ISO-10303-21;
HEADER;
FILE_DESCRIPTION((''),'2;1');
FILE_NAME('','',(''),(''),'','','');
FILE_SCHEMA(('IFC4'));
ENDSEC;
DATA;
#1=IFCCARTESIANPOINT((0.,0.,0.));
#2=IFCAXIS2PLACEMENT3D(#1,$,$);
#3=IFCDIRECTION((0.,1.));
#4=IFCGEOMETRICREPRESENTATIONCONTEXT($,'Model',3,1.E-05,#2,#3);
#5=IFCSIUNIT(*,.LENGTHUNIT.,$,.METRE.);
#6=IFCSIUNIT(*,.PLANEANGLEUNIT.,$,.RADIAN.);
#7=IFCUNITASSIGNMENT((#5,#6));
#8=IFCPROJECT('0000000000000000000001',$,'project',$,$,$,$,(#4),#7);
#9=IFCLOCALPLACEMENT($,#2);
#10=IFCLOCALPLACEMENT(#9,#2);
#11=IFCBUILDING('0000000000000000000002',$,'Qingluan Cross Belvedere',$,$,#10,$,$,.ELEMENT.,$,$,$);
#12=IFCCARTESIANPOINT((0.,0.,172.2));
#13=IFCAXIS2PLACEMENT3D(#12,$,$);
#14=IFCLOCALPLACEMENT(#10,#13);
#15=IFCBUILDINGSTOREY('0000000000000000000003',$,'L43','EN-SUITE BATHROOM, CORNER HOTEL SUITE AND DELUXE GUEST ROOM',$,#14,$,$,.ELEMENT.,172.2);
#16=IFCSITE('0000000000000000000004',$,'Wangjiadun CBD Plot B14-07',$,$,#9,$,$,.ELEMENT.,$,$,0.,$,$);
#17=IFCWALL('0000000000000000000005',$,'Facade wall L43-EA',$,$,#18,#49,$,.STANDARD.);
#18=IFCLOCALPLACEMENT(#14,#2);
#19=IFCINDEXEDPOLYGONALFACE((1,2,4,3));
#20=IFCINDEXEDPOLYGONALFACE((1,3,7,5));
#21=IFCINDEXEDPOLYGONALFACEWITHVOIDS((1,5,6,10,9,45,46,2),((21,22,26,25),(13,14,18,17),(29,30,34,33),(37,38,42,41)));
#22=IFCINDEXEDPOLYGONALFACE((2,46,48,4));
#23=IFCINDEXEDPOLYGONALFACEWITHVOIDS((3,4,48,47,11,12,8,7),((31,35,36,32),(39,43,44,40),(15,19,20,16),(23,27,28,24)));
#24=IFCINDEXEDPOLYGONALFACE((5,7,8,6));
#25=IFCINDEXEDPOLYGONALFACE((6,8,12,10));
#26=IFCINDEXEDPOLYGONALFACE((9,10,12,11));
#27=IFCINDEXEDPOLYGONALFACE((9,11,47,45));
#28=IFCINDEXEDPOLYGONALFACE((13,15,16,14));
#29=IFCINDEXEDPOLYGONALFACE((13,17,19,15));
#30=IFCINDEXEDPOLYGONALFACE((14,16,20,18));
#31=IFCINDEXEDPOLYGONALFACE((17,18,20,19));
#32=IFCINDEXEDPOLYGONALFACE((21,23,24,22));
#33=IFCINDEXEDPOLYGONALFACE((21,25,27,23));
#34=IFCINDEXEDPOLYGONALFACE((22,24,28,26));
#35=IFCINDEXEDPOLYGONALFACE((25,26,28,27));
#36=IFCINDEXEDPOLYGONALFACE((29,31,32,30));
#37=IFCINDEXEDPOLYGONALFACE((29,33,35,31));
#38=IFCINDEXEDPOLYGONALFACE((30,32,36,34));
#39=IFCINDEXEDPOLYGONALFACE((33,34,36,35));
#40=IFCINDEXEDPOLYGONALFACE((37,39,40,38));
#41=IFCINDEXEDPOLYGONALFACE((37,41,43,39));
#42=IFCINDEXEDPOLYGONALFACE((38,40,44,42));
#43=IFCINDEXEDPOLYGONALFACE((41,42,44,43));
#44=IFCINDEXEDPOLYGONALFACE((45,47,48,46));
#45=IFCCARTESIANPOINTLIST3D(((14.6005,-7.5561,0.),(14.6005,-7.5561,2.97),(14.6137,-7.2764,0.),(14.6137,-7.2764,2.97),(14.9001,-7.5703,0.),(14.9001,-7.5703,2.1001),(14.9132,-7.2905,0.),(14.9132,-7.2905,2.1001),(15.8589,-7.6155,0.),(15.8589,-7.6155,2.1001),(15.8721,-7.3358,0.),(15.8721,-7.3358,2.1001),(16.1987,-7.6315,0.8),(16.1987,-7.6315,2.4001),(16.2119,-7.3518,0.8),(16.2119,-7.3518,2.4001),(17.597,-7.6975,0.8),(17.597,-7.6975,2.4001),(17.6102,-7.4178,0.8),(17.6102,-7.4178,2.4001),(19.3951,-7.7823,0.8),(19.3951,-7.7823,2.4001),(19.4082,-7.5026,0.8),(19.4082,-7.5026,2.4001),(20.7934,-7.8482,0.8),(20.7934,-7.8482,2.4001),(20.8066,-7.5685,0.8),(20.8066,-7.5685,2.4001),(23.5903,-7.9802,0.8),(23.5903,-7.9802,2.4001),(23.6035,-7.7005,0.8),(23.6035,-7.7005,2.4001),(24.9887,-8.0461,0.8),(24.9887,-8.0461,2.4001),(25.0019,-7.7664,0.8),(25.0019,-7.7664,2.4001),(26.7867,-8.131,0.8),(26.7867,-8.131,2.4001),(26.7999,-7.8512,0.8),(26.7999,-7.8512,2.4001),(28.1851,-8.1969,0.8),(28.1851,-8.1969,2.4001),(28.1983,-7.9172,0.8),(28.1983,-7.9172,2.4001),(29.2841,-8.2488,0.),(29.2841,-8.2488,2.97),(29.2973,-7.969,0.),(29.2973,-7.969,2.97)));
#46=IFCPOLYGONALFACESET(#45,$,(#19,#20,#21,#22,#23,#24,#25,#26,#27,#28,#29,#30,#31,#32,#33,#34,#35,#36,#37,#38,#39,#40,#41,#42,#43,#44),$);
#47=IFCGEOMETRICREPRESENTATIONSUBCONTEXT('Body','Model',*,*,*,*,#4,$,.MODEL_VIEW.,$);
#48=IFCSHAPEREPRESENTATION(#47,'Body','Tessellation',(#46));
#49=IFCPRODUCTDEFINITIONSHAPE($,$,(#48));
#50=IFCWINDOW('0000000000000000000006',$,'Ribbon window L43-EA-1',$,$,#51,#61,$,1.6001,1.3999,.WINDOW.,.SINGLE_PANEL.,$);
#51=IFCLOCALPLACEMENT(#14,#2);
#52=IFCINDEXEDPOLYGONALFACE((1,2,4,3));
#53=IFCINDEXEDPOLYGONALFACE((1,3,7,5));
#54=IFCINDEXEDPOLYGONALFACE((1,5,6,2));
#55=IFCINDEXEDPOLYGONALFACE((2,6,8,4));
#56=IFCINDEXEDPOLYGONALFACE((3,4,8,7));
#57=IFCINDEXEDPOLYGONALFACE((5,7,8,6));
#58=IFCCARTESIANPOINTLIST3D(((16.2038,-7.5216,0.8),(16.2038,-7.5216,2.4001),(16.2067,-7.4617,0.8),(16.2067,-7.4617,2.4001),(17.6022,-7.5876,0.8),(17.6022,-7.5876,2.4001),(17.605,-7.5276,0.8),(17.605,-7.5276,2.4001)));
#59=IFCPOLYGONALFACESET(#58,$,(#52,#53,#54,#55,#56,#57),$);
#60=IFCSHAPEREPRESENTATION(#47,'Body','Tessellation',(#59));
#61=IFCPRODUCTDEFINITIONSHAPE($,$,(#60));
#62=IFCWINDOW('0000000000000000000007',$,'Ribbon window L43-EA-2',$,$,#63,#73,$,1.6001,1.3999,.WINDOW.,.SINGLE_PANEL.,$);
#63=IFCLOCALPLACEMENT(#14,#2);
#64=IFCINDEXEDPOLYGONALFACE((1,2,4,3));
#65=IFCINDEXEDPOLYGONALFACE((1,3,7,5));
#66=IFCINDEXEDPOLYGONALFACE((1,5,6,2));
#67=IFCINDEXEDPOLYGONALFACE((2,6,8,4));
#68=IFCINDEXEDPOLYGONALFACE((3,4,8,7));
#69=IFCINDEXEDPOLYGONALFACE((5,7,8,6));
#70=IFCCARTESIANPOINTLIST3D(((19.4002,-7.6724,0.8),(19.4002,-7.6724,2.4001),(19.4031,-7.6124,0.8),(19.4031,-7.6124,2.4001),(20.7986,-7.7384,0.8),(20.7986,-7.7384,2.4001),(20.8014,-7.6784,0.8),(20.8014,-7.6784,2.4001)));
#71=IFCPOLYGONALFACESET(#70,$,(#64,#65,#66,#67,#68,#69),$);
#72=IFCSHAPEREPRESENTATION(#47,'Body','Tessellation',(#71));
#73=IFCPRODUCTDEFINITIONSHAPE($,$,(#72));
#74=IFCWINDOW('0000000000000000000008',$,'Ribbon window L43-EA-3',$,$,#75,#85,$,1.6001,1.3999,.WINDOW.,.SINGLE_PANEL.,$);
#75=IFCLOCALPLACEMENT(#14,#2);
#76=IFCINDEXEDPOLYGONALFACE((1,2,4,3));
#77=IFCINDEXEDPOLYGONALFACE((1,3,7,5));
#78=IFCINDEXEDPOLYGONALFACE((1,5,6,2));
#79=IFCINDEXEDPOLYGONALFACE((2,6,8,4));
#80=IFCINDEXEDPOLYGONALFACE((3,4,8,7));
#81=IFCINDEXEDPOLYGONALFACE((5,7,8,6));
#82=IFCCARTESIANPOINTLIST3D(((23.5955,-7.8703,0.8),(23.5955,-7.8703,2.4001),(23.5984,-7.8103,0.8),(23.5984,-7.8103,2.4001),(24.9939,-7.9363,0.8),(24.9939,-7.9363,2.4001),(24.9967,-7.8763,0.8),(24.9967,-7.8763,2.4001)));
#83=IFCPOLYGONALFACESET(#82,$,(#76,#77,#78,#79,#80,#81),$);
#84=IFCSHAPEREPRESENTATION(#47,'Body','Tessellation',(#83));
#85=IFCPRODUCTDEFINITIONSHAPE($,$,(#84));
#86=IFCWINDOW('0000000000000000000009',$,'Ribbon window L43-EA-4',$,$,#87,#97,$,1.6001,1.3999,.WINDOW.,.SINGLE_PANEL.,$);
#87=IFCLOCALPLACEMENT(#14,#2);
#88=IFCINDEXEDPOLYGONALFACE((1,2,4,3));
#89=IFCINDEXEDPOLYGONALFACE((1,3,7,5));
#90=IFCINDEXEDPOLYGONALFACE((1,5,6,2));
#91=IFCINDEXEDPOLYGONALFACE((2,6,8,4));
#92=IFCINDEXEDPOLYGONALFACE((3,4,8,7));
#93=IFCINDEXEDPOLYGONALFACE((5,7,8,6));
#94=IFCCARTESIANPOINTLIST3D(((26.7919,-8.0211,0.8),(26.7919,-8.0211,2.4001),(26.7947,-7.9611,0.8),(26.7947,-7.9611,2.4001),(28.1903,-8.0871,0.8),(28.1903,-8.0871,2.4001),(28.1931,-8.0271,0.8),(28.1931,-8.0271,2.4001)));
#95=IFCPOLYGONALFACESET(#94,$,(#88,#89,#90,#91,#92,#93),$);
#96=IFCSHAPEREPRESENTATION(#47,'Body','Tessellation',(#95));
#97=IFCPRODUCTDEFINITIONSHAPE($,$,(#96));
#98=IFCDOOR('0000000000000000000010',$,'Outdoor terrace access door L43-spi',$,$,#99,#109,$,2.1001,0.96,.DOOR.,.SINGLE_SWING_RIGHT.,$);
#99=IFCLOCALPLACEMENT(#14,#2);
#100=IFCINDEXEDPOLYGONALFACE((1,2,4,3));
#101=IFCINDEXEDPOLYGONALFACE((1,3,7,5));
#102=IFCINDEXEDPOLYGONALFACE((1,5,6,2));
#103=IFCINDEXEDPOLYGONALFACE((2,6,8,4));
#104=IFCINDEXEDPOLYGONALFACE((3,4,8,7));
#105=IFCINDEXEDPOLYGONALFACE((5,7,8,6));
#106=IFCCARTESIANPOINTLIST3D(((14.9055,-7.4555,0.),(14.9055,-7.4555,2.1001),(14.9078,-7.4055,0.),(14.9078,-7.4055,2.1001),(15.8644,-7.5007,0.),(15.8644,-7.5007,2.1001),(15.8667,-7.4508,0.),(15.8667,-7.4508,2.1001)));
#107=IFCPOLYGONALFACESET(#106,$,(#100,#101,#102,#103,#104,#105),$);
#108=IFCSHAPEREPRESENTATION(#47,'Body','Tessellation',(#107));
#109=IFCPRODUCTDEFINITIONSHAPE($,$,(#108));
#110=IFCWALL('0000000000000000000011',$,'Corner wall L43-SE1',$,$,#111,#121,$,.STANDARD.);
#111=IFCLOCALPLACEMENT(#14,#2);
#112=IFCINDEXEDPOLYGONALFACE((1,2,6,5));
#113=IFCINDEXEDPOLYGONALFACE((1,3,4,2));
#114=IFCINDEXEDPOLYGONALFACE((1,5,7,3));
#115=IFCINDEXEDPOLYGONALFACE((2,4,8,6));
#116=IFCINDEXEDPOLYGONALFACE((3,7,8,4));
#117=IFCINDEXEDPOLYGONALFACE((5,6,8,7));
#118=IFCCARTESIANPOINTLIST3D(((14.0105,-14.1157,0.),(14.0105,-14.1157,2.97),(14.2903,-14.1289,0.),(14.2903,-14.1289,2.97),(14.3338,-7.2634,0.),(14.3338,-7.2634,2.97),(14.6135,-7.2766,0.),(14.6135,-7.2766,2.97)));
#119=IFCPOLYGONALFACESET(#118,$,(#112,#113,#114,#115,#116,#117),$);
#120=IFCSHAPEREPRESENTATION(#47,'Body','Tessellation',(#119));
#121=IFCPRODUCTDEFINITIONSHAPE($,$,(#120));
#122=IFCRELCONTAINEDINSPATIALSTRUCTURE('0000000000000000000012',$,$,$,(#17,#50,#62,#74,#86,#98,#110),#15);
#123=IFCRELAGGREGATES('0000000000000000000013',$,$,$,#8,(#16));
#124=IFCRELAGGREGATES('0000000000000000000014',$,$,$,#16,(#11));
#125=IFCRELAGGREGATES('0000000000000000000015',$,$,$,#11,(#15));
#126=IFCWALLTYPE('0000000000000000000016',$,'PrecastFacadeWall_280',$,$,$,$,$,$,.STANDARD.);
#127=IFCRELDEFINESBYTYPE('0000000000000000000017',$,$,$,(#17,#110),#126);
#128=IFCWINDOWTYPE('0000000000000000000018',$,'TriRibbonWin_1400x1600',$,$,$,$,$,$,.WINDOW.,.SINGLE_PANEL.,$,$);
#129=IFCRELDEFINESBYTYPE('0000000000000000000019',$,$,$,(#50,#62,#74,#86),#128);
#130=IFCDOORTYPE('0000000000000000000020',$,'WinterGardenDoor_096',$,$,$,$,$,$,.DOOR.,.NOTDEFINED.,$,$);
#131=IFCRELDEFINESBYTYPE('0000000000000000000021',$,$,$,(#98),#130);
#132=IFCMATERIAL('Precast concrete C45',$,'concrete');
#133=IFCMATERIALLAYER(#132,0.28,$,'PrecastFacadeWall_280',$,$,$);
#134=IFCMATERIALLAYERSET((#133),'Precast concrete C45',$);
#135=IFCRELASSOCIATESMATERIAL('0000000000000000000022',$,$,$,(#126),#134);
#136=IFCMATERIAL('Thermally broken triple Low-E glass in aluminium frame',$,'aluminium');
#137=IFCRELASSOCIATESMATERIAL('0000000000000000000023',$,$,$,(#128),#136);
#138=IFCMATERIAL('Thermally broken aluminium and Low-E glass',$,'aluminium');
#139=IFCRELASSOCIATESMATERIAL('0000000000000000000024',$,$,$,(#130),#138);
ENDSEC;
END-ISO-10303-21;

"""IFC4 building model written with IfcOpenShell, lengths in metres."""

from ifc_helpers import new_model, si_unit, direction, frame, frame_2d, origin, place, context, subcontext, project, spatial, rectangle, extrude, material, layer, layer_set, type_object, element, fill, save


model = new_model("IFC4")

# Units and contexts
model_context = context("Model", 3, precision=1e-05, world=origin(), true_north=direction((0.0, 1.0)))
body_context = subcontext(model_context, "Body", "Model", "MODEL_VIEW")
ifc_project = project(units=[si_unit("LENGTHUNIT", "METRE"), si_unit("PLANEANGLEUNIT", "RADIAN")], contexts=[model_context])

# Site, building, storey
site_placement = place(None, origin())
site = spatial("IfcSite", under=ifc_project, at=site_placement, Name="Wangjiadun CBD Plot B14-07", CompositionType="ELEMENT", RefElevation=0.0)
building_placement = place(site_placement, origin())
building = spatial("IfcBuilding", under=site, at=building_placement, Name="Qingluan Cross Belvedere", CompositionType="ELEMENT")
storey_placement = place(building_placement, frame((0.0, 0.0, 172.2)))
storey = spatial("IfcBuildingStorey", under=building, at=storey_placement, Name="L43", Description="EN-SUITE BATHROOM, CORNER HOTEL SUITE AND DELUXE GUEST ROOM", CompositionType="ELEMENT", Elevation=172.2)

# Wall, openings, windows, door
ifc_material_1 = material(Name="Precast concrete C45", Category="concrete")
ifc_layer_1 = layer(ifc_material_1, 0.28, Name="PrecastFacadeWall_280")
ifc_layer_set_1 = layer_set([ifc_layer_1], Name="Precast concrete C45")
wall_type_1 = type_object("IfcWallType", Name="PrecastFacadeWall_280", PredefinedType="STANDARD", material=ifc_layer_set_1)
wall_1_placement = place(storey_placement, frame((14.6069, -7.4163, 0.0), z_axis=(0.0, 0.0, 1.0), x_axis=(0.998889, -0.047118, 0.0)))
wall_1 = element("IfcWall", 1, at=wall_1_placement, inside=storey, type_object=wall_type_1, Name="Facade wall L43-EA", PredefinedType="STANDARD", context=body_context, shape_type="SweptSolid", body=[
    extrude(rectangle(XDim=14.7, YDim=0.28, at=frame_2d((7.3501, 0.0))), origin(), (0.0, 0.0, 1.0), 2.97),
])
opening_1_placement = place(wall_1_placement, frame((1.6001, 0.0, 0.8)))
opening_1 = element("IfcOpeningElement", 2, at=opening_1_placement, cuts=wall_1, PredefinedType="OPENING", context=body_context, shape_type="SweptSolid", body=[
    extrude(rectangle(XDim=1.3999, YDim=1.6001, at=frame_2d((0.7, 0.8))), frame((0.0, 0.1499, 0.0), z_axis=(0.0, -1.0, 0.0), x_axis=(1.0, 0.0, 0.0)), (0.0, 0.0, 1.0), 0.3),
])
opening_2_placement = place(wall_1_placement, frame((4.8, 0.0, 0.8)))
opening_2 = element("IfcOpeningElement", 3, at=opening_2_placement, cuts=wall_1, PredefinedType="OPENING", context=body_context, shape_type="SweptSolid", body=[
    extrude(rectangle(XDim=1.3999, YDim=1.6001, at=frame_2d((0.7, 0.8))), frame((0.0, 0.1499, 0.0), z_axis=(0.0, -1.0, 0.0), x_axis=(1.0, 0.0, 0.0)), (0.0, 0.0, 1.0), 0.3),
])
opening_3_placement = place(wall_1_placement, frame((9.0, 0.0, 0.8)))
opening_3 = element("IfcOpeningElement", 4, at=opening_3_placement, cuts=wall_1, PredefinedType="OPENING", context=body_context, shape_type="SweptSolid", body=[
    extrude(rectangle(XDim=1.3999, YDim=1.6001, at=frame_2d((0.7, 0.8))), frame((0.0, 0.1499, 0.0), z_axis=(0.0, -1.0, 0.0), x_axis=(1.0, 0.0, 0.0)), (0.0, 0.0, 1.0), 0.3),
])
opening_4_placement = place(wall_1_placement, frame((12.2, 0.0, 0.8)))
opening_4 = element("IfcOpeningElement", 5, at=opening_4_placement, cuts=wall_1, PredefinedType="OPENING", context=body_context, shape_type="SweptSolid", body=[
    extrude(rectangle(XDim=1.3999, YDim=1.6001, at=frame_2d((0.7, 0.8))), frame((0.0, 0.1499, 0.0), z_axis=(0.0, -1.0, 0.0), x_axis=(1.0, 0.0, 0.0)), (0.0, 0.0, 1.0), 0.3),
])
opening_5_placement = place(wall_1_placement, frame((0.3, 0.0, 0.0)))
opening_5 = element("IfcOpeningElement", 6, at=opening_5_placement, cuts=wall_1, PredefinedType="OPENING", context=body_context, shape_type="SweptSolid", body=[
    extrude(rectangle(XDim=0.96, YDim=2.1001, at=frame_2d((0.48, 1.05))), frame((0.0, 0.1499, 0.0), z_axis=(0.0, -1.0, 0.0), x_axis=(1.0, 0.0, 0.0)), (0.0, 0.0, 1.0), 0.3),
])
ifc_material_2 = material(Name="Thermally broken triple Low-E glass in aluminium frame", Category="aluminium")
window_type = type_object("IfcWindowType", Name="TriRibbonWin_1400x1600", PartitioningType="SINGLE_PANEL", PredefinedType="WINDOW", material=ifc_material_2)
window_1_placement = place(opening_1_placement, origin())
window_1 = element("IfcWindow", 7, at=window_1_placement, inside=storey, type_object=window_type, Name="Ribbon window L43-EA-1", OverallHeight=1.6001, OverallWidth=1.3999, PartitioningType="SINGLE_PANEL", PredefinedType="WINDOW", context=body_context, shape_type="SweptSolid", body=[
    extrude(rectangle(XDim=1.3999, YDim=1.6001, at=frame_2d((0.7, 0.8))), frame((0.0, 0.03, 0.0), z_axis=(0.0, -1.0, 0.0), x_axis=(1.0, 0.0, 0.0)), (0.0, 0.0, 1.0), 0.0601),
])
fill(opening_1, window_1)
window_2_placement = place(opening_2_placement, origin())
window_2 = element("IfcWindow", 8, at=window_2_placement, inside=storey, type_object=window_type, Name="Ribbon window L43-EA-2", OverallHeight=1.6001, OverallWidth=1.3999, PartitioningType="SINGLE_PANEL", PredefinedType="WINDOW", context=body_context, shape_type="SweptSolid", body=[
    extrude(rectangle(XDim=1.3999, YDim=1.6001, at=frame_2d((0.7, 0.8))), frame((0.0, 0.03, 0.0), z_axis=(0.0, -1.0, 0.0), x_axis=(1.0, 0.0, 0.0)), (0.0, 0.0, 1.0), 0.0601),
])
fill(opening_2, window_2)
window_3_placement = place(opening_3_placement, origin())
window_3 = element("IfcWindow", 9, at=window_3_placement, inside=storey, type_object=window_type, Name="Ribbon window L43-EA-3", OverallHeight=1.6001, OverallWidth=1.3999, PartitioningType="SINGLE_PANEL", PredefinedType="WINDOW", context=body_context, shape_type="SweptSolid", body=[
    extrude(rectangle(XDim=1.3999, YDim=1.6001, at=frame_2d((0.7, 0.8))), frame((0.0, 0.03, 0.0), z_axis=(0.0, -1.0, 0.0), x_axis=(1.0, 0.0, 0.0)), (0.0, 0.0, 1.0), 0.0601),
])
fill(opening_3, window_3)
window_4_placement = place(opening_4_placement, origin())
window_4 = element("IfcWindow", 10, at=window_4_placement, inside=storey, type_object=window_type, Name="Ribbon window L43-EA-4", OverallHeight=1.6001, OverallWidth=1.3999, PartitioningType="SINGLE_PANEL", PredefinedType="WINDOW", context=body_context, shape_type="SweptSolid", body=[
    extrude(rectangle(XDim=1.3999, YDim=1.6001, at=frame_2d((0.7, 0.8))), frame((0.0, 0.03, 0.0), z_axis=(0.0, -1.0, 0.0), x_axis=(1.0, 0.0, 0.0)), (0.0, 0.0, 1.0), 0.0601),
])
fill(opening_4, window_4)
ifc_material_3 = material(Name="Thermally broken aluminium and Low-E glass", Category="aluminium")
door_type_1 = type_object("IfcDoorType", Name="WinterGardenDoor_096", OperationType="NOTDEFINED", PredefinedType="DOOR", material=ifc_material_3)
door_1_placement = place(opening_5_placement, origin())
door_1 = element("IfcDoor", 11, at=door_1_placement, inside=storey, type_object=door_type_1, Name="Outdoor terrace access door L43-spi", OperationType="SINGLE_SWING_RIGHT", OverallHeight=2.1001, OverallWidth=0.96, PredefinedType="DOOR", context=body_context, shape_type="SweptSolid", body=[
    extrude(rectangle(XDim=0.96, YDim=2.1001, at=frame_2d((0.48, 1.05))), frame((0.0, 0.0249, 0.0), z_axis=(0.0, -1.0, 0.0), x_axis=(1.0, 0.0, 0.0)), (0.0, 0.0, 1.0), 0.05),
])
fill(opening_5, door_1)

# Wall
wall_2_placement = place(storey_placement, frame((14.4736, -7.27, 0.0), z_axis=(0.0, 0.0, 1.0), x_axis=(-0.04712, -0.998889, 0.0)))
element("IfcWall", 12, at=wall_2_placement, inside=storey, type_object=wall_type_1, Name="Corner wall L43-SE1", PredefinedType="STANDARD", context=body_context, shape_type="SweptSolid", body=[
    extrude(rectangle(XDim=6.8599, YDim=0.28, at=frame_2d((3.4299, 0.0))), origin(), (0.0, 0.0, 1.0), 2.97),
])

save(model, "model.ifc")
